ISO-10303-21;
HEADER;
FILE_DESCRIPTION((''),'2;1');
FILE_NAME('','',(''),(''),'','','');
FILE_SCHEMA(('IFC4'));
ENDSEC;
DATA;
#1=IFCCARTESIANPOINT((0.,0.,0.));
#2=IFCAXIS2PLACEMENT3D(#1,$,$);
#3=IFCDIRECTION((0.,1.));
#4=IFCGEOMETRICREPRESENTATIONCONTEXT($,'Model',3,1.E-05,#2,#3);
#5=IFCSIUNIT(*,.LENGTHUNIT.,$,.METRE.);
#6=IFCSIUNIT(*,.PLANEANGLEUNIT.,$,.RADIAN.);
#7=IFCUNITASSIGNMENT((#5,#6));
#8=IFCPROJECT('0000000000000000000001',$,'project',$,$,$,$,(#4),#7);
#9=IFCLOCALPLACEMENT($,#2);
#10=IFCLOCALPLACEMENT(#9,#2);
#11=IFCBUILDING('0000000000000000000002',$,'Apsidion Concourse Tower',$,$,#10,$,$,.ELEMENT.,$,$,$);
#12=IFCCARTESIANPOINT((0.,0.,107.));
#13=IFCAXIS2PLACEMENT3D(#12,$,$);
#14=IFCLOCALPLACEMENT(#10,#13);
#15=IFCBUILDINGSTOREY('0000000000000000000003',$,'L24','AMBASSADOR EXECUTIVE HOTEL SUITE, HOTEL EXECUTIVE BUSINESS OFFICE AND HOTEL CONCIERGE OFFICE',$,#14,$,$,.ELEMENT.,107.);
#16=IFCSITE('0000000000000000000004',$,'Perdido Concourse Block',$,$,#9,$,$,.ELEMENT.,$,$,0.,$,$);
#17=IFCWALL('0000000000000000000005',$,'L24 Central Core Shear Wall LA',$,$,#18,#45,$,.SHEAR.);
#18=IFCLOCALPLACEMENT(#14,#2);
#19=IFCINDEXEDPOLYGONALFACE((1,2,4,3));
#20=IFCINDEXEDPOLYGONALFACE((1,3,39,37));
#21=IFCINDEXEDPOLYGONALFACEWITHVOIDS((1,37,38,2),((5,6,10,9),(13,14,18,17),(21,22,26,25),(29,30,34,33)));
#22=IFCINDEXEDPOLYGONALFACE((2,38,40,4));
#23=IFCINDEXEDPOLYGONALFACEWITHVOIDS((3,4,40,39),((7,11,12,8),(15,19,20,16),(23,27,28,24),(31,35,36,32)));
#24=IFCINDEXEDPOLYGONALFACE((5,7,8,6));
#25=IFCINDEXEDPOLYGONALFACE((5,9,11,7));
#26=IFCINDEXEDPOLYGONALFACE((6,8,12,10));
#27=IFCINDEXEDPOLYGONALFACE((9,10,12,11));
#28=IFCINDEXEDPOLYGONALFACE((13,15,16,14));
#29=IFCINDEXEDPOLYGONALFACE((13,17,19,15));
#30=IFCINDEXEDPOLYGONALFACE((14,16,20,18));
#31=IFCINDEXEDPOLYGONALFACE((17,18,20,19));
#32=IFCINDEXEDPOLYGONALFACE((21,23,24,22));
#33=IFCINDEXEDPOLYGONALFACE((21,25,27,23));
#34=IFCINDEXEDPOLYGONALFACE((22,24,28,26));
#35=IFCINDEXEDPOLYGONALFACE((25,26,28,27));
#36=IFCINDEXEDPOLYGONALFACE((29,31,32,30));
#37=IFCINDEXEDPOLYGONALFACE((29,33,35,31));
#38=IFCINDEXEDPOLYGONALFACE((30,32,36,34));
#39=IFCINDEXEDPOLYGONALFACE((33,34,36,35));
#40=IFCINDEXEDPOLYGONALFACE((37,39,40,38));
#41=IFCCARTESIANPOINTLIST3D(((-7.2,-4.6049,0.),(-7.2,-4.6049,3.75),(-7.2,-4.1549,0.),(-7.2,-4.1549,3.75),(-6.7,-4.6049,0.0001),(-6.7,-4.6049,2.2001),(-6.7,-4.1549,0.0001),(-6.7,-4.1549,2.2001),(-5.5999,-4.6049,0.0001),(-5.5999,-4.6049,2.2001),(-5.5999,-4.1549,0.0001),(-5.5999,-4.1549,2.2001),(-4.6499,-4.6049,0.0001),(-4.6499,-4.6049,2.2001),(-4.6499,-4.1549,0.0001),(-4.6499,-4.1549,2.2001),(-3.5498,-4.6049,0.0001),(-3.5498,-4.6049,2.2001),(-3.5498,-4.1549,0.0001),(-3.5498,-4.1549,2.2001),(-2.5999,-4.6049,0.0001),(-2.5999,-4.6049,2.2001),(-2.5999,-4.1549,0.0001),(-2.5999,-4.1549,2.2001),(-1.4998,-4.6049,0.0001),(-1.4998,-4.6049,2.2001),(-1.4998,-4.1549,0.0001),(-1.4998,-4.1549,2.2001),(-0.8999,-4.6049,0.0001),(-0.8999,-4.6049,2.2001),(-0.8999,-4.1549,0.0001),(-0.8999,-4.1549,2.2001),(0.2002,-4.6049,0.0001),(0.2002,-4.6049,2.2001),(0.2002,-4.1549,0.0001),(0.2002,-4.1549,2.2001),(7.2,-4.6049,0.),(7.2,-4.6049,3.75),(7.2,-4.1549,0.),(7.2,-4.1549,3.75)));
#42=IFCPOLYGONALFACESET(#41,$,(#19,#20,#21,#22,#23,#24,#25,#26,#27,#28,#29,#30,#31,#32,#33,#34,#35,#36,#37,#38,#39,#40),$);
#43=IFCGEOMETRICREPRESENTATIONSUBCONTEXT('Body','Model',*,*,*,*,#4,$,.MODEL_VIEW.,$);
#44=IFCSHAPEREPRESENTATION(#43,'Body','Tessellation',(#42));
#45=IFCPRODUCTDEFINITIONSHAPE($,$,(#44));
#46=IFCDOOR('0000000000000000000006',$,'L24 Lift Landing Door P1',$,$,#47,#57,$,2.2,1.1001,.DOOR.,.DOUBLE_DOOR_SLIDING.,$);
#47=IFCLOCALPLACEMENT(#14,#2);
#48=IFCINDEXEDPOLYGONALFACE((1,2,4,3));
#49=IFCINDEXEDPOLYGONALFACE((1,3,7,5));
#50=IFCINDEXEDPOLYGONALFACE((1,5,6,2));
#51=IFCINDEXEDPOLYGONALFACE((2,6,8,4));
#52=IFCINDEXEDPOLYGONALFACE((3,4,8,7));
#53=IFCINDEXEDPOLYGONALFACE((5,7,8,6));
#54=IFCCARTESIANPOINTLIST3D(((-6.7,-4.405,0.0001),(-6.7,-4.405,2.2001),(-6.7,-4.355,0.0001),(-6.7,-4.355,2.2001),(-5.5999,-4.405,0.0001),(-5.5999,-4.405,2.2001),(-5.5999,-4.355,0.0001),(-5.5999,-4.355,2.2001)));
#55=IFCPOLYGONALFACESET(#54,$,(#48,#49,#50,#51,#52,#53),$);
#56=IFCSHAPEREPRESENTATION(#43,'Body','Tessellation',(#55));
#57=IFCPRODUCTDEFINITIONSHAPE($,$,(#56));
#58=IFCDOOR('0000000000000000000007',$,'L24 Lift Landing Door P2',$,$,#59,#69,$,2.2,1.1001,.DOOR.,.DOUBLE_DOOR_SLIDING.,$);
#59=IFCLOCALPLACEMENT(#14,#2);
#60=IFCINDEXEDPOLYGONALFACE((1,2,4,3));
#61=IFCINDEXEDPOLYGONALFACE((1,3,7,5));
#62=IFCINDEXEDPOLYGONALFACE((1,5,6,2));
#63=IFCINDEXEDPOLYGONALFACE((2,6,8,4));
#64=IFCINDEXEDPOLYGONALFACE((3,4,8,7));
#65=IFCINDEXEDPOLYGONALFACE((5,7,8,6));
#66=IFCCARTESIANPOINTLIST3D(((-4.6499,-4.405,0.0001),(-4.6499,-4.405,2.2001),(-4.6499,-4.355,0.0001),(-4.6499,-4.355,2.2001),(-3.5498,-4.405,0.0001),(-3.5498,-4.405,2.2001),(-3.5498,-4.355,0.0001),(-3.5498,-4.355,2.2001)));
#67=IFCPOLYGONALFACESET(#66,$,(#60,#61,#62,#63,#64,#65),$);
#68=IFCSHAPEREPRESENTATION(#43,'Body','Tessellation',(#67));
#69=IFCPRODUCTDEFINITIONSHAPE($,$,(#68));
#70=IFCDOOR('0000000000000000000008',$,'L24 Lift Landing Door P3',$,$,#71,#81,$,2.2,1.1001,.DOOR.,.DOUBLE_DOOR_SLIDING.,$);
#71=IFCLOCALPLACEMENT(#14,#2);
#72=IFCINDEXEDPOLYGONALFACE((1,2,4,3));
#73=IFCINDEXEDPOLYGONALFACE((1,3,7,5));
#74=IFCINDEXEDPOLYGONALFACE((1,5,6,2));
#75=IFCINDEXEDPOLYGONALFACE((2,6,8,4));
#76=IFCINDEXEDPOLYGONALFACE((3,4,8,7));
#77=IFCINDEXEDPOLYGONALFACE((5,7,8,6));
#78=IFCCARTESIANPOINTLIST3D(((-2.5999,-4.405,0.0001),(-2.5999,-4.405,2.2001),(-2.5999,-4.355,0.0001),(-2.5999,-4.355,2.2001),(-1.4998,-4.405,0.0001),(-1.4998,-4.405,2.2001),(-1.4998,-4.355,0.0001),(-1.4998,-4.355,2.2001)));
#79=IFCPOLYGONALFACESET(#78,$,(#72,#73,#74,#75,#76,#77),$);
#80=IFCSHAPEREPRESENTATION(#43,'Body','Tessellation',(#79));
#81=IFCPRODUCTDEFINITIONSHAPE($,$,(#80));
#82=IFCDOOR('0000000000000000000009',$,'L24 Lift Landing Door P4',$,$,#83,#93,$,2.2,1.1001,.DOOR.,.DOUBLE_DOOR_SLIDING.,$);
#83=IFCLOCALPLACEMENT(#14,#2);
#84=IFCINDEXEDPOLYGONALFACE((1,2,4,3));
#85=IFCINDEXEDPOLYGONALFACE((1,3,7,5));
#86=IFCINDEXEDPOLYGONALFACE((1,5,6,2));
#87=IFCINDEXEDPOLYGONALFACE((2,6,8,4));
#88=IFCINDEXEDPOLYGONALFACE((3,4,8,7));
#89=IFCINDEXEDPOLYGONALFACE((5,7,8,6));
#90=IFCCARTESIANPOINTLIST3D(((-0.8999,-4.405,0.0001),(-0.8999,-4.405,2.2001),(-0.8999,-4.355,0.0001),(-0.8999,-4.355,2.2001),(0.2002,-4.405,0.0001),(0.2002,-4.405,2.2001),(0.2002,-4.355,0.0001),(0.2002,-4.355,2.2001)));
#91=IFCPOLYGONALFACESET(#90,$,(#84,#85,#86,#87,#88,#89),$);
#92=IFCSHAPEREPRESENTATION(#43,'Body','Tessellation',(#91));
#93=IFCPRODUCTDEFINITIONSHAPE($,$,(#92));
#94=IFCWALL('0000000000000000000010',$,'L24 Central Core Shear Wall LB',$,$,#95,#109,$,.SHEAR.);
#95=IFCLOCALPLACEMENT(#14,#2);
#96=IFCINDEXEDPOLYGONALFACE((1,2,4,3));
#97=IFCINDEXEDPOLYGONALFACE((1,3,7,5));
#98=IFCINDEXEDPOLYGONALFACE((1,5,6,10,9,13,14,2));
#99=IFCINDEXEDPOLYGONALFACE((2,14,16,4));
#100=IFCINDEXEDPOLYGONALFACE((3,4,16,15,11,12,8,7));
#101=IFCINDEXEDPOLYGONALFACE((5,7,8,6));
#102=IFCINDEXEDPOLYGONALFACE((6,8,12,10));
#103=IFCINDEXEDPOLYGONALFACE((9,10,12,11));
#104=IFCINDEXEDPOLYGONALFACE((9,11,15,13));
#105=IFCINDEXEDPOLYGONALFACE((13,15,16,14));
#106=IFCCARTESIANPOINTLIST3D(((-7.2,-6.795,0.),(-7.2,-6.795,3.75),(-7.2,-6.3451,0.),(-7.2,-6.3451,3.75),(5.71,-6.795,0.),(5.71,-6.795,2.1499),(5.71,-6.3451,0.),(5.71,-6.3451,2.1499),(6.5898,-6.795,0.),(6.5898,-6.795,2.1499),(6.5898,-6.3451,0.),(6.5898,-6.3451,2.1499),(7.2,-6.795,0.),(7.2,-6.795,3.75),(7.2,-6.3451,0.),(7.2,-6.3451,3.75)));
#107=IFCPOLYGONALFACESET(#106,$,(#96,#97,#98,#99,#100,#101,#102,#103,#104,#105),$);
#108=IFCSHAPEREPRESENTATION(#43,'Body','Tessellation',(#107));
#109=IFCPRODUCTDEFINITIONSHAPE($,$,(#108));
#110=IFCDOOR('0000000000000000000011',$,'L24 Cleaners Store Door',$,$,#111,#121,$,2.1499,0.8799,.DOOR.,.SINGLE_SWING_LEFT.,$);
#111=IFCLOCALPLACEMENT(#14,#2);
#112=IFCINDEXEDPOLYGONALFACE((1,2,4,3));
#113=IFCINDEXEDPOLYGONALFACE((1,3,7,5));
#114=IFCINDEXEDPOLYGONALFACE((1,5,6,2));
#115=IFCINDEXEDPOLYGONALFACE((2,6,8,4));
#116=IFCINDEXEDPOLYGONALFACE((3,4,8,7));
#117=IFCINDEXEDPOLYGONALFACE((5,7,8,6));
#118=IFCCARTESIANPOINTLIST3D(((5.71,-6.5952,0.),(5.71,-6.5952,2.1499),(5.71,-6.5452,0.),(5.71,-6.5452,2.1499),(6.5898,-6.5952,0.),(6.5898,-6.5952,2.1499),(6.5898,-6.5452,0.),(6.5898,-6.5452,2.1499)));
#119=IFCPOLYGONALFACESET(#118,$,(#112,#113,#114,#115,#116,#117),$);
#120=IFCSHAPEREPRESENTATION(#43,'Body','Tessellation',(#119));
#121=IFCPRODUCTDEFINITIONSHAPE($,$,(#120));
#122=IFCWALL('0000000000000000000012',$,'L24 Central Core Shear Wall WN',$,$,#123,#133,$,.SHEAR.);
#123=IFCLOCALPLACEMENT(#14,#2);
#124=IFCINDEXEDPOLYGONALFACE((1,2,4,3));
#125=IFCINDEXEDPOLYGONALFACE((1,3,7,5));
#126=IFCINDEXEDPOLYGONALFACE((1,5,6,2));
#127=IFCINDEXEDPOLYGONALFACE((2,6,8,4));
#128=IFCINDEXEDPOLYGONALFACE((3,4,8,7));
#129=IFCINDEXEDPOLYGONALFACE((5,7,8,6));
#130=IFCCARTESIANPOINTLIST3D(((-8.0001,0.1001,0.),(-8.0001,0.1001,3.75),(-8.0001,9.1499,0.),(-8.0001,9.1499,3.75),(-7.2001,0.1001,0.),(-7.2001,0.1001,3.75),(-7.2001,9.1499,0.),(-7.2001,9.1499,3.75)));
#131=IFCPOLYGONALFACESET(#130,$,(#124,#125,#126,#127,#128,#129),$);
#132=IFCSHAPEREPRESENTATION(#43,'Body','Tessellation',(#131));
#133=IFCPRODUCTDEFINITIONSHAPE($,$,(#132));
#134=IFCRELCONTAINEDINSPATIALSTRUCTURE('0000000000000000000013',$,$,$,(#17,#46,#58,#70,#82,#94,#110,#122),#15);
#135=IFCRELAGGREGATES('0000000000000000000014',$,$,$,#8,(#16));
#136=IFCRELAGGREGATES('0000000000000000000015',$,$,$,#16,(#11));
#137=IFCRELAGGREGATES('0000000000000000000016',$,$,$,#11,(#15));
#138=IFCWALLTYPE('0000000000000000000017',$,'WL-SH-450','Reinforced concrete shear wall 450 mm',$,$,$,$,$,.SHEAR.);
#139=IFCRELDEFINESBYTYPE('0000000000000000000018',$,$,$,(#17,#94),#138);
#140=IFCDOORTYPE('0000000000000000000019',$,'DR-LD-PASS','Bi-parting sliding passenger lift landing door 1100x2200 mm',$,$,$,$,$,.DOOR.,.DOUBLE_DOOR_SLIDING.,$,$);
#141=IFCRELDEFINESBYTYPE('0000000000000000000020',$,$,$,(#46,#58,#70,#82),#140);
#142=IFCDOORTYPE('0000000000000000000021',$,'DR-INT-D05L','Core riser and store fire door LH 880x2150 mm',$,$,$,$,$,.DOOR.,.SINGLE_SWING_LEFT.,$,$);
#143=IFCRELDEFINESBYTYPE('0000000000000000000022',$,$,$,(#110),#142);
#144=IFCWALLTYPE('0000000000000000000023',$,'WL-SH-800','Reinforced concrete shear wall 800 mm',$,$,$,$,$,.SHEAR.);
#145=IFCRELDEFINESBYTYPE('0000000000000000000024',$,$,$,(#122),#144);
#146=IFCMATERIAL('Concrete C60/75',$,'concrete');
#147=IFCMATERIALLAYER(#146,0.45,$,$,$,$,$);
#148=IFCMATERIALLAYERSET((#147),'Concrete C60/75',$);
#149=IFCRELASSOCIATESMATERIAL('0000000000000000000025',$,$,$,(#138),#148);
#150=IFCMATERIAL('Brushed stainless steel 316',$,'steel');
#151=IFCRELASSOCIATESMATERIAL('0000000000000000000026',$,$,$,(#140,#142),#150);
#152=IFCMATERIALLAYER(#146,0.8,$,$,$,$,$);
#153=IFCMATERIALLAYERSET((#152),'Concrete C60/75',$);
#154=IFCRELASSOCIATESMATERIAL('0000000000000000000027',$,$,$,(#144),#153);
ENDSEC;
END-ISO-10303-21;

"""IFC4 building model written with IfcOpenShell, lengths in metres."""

from ifc_helpers import new_model, si_unit, direction, frame, frame_2d, origin, place, context, subcontext, project, spatial, rectangle, extrude, material, layer, layer_set, type_object, element, fill, save


model = new_model("IFC4")

# Units and contexts
model_context = context("Model", 3, precision=1e-05, world=origin(), true_north=direction((0.0, 1.0)))
body_context = subcontext(model_context, "Body", "Model", "MODEL_VIEW")
ifc_project = project(units=[si_unit("LENGTHUNIT", "METRE"), si_unit("PLANEANGLEUNIT", "RADIAN")], contexts=[model_context])

# Site, building, storey
site_placement = place(None, origin())
site = spatial("IfcSite", under=ifc_project, at=site_placement, Name="Perdido Concourse Block", CompositionType="ELEMENT", RefElevation=0.0)
building_placement = place(site_placement, origin())
building = spatial("IfcBuilding", under=site, at=building_placement, Name="Apsidion Concourse Tower", CompositionType="ELEMENT")
storey_placement = place(building_placement, frame((0.0, 0.0, 107.0)))
storey = spatial("IfcBuildingStorey", under=building, at=storey_placement, Name="L24", Description="AMBASSADOR EXECUTIVE HOTEL SUITE, HOTEL EXECUTIVE BUSINESS OFFICE AND HOTEL CONCIERGE OFFICE", CompositionType="ELEMENT", Elevation=107.0)

# Shared definitions
ifc_material_1 = material(Name="Brushed stainless steel 316", Category="steel")

# Shared definitions
ifc_material_2 = material(Name="Concrete C60/75", Category="concrete")
ifc_layer_1 = layer(ifc_material_2, 0.45)
ifc_layer_set_1 = layer_set([ifc_layer_1], Name="Concrete C60/75")
wall_type_1 = type_object("IfcWallType", Name="WL-SH-450", Description="Reinforced concrete shear wall 450 mm", PredefinedType="SHEAR", material=ifc_layer_set_1)

# Wall, openings, doors
wall_1_placement = place(storey_placement, frame((-7.2, -4.3799, 0.0), z_axis=(0.0, 0.0, 1.0), x_axis=(1.0, 0.0, 0.0)))
wall_1 = element("IfcWall", 1, at=wall_1_placement, inside=storey, type_object=wall_type_1, Name="L24 Central Core Shear Wall LA", PredefinedType="SHEAR", context=body_context, shape_type="SweptSolid", body=[
    extrude(rectangle(XDim=14.3999, YDim=0.45, at=frame_2d((7.2, 0.0))), origin(), (0.0, 0.0, 1.0), 3.75),
])
opening_1_placement = place(wall_1_placement, frame((0.5, 0.0, 0.0)))
opening_1 = element("IfcOpeningElement", 2, at=opening_1_placement, cuts=wall_1, PredefinedType="OPENING", context=body_context, shape_type="SweptSolid", body=[
    extrude(rectangle(XDim=1.1001, YDim=2.2, at=frame_2d((0.55, 1.1001))), frame((0.0, 0.2349, 0.0), z_axis=(0.0, -1.0, 0.0), x_axis=(1.0, 0.0, 0.0)), (0.0, 0.0, 1.0), 0.47),
])
opening_2_placement = place(wall_1_placement, frame((2.55, 0.0, 0.0)))
opening_2 = element("IfcOpeningElement", 3, at=opening_2_placement, cuts=wall_1, PredefinedType="OPENING", context=body_context, shape_type="SweptSolid", body=[
    extrude(rectangle(XDim=1.1001, YDim=2.2, at=frame_2d((0.55, 1.1001))), frame((0.0, 0.2349, 0.0), z_axis=(0.0, -1.0, 0.0), x_axis=(1.0, 0.0, 0.0)), (0.0, 0.0, 1.0), 0.47),
])
opening_3_placement = place(wall_1_placement, frame((4.6001, 0.0, 0.0)))
opening_3 = element("IfcOpeningElement", 4, at=opening_3_placement, cuts=wall_1, PredefinedType="OPENING", context=body_context, shape_type="SweptSolid", body=[
    extrude(rectangle(XDim=1.1001, YDim=2.2, at=frame_2d((0.55, 1.1001))), frame((0.0, 0.2349, 0.0), z_axis=(0.0, -1.0, 0.0), x_axis=(1.0, 0.0, 0.0)), (0.0, 0.0, 1.0), 0.47),
])
opening_4_placement = place(wall_1_placement, frame((6.3, 0.0, 0.0)))
opening_4 = element("IfcOpeningElement", 5, at=opening_4_placement, cuts=wall_1, PredefinedType="OPENING", context=body_context, shape_type="SweptSolid", body=[
    extrude(rectangle(XDim=1.1001, YDim=2.2, at=frame_2d((0.55, 1.1001))), frame((0.0, 0.2349, 0.0), z_axis=(0.0, -1.0, 0.0), x_axis=(1.0, 0.0, 0.0)), (0.0, 0.0, 1.0), 0.47),
])
door_type_1 = type_object("IfcDoorType", Name="DR-LD-PASS", Description="Bi-parting sliding passenger lift landing door 1100x2200 mm", OperationType="DOUBLE_DOOR_SLIDING", PredefinedType="DOOR", material=ifc_material_1)
door_1_placement = place(opening_1_placement, origin())
door_1 = element("IfcDoor", 6, at=door_1_placement, inside=storey, type_object=door_type_1, Name="L24 Lift Landing Door P1", OperationType="DOUBLE_DOOR_SLIDING", OverallHeight=2.2, OverallWidth=1.1001, PredefinedType="DOOR", context=body_context, shape_type="SweptSolid", body=[
    extrude(rectangle(XDim=1.1001, YDim=2.2, at=frame_2d((0.55, 1.1001))), frame((0.0, 0.0249, 0.0), z_axis=(0.0, -1.0, 0.0), x_axis=(1.0, 0.0, 0.0)), (0.0, 0.0, 1.0), 0.05),
])
fill(opening_1, door_1)
door_2_placement = place(opening_2_placement, origin())
door_2 = element("IfcDoor", 7, at=door_2_placement, inside=storey, type_object=door_type_1, Name="L24 Lift Landing Door P2", OperationType="DOUBLE_DOOR_SLIDING", OverallHeight=2.2, OverallWidth=1.1001, PredefinedType="DOOR", context=body_context, shape_type="SweptSolid", body=[
    extrude(rectangle(XDim=1.1001, YDim=2.2, at=frame_2d((0.55, 1.1001))), frame((0.0, 0.0249, 0.0), z_axis=(0.0, -1.0, 0.0), x_axis=(1.0, 0.0, 0.0)), (0.0, 0.0, 1.0), 0.05),
])
fill(opening_2, door_2)
door_3_placement = place(opening_3_placement, origin())
door_3 = element("IfcDoor", 8, at=door_3_placement, inside=storey, type_object=door_type_1, Name="L24 Lift Landing Door P3", OperationType="DOUBLE_DOOR_SLIDING", OverallHeight=2.2, OverallWidth=1.1001, PredefinedType="DOOR", context=body_context, shape_type="SweptSolid", body=[
    extrude(rectangle(XDim=1.1001, YDim=2.2, at=frame_2d((0.55, 1.1001))), frame((0.0, 0.0249, 0.0), z_axis=(0.0, -1.0, 0.0), x_axis=(1.0, 0.0, 0.0)), (0.0, 0.0, 1.0), 0.05),
])
fill(opening_3, door_3)
door_4_placement = place(opening_4_placement, origin())
door_4 = element("IfcDoor", 9, at=door_4_placement, inside=storey, type_object=door_type_1, Name="L24 Lift Landing Door P4", OperationType="DOUBLE_DOOR_SLIDING", OverallHeight=2.2, OverallWidth=1.1001, PredefinedType="DOOR", context=body_context, shape_type="SweptSolid", body=[
    extrude(rectangle(XDim=1.1001, YDim=2.2, at=frame_2d((0.55, 1.1001))), frame((0.0, 0.0249, 0.0), z_axis=(0.0, -1.0, 0.0), x_axis=(1.0, 0.0, 0.0)), (0.0, 0.0, 1.0), 0.05),
])
fill(opening_4, door_4)

# Wall, opening, door
wall_2_placement = place(storey_placement, frame((-7.2, -6.5701, 0.0), z_axis=(0.0, 0.0, 1.0), x_axis=(1.0, 0.0, 0.0)))
wall_2 = element("IfcWall", 10, at=wall_2_placement, inside=storey, type_object=wall_type_1, Name="L24 Central Core Shear Wall LB", PredefinedType="SHEAR", context=body_context, shape_type="SweptSolid", body=[
    extrude(rectangle(XDim=14.3999, YDim=0.45, at=frame_2d((7.2, 0.0))), origin(), (0.0, 0.0, 1.0), 3.75),
])
opening_5_placement = place(wall_2_placement, frame((12.9099, 0.0, 0.0)))
opening_5 = element("IfcOpeningElement", 11, at=opening_5_placement, cuts=wall_2, PredefinedType="OPENING", context=body_context, shape_type="SweptSolid", body=[
    extrude(rectangle(XDim=0.8799, YDim=2.1499, at=frame_2d((0.4399, 1.075))), frame((0.0, 0.2349, 0.0), z_axis=(0.0, -1.0, 0.0), x_axis=(1.0, 0.0, 0.0)), (0.0, 0.0, 1.0), 0.47),
])
door_type_2 = type_object("IfcDoorType", Name="DR-INT-D05L", Description="Core riser and store fire door LH 880x2150 mm", OperationType="SINGLE_SWING_LEFT", PredefinedType="DOOR", material=ifc_material_1)
door_5_placement = place(opening_5_placement, origin())
door_5 = element("IfcDoor", 12, at=door_5_placement, inside=storey, type_object=door_type_2, Name="L24 Cleaners Store Door", OperationType="SINGLE_SWING_LEFT", OverallHeight=2.1499, OverallWidth=0.8799, PredefinedType="DOOR", context=body_context, shape_type="SweptSolid", body=[
    extrude(rectangle(XDim=0.8799, YDim=2.1499, at=frame_2d((0.4399, 1.075))), frame((0.0, 0.0249, 0.0), z_axis=(0.0, -1.0, 0.0), x_axis=(1.0, 0.0, 0.0)), (0.0, 0.0, 1.0), 0.05),
])
fill(opening_5, door_5)

# Wall
ifc_layer_2 = layer(ifc_material_2, 0.8)
ifc_layer_set_2 = layer_set([ifc_layer_2], Name="Concrete C60/75")
wall_type_2 = type_object("IfcWallType", Name="WL-SH-800", Description="Reinforced concrete shear wall 800 mm", PredefinedType="SHEAR", material=ifc_layer_set_2)
wall_3_placement = place(storey_placement, frame((-7.6001, 0.1001, 0.0), z_axis=(0.0, 0.0, 1.0), x_axis=(0.0, 1.0, 0.0)))
element("IfcWall", 13, at=wall_3_placement, inside=storey, type_object=wall_type_2, Name="L24 Central Core Shear Wall WN", PredefinedType="SHEAR", context=body_context, shape_type="SweptSolid", body=[
    extrude(rectangle(XDim=9.0498, YDim=0.8, at=frame_2d((4.5249, 0.0))), origin(), (0.0, 0.0, 1.0), 3.75),
])

save(model, "model.ifc")
